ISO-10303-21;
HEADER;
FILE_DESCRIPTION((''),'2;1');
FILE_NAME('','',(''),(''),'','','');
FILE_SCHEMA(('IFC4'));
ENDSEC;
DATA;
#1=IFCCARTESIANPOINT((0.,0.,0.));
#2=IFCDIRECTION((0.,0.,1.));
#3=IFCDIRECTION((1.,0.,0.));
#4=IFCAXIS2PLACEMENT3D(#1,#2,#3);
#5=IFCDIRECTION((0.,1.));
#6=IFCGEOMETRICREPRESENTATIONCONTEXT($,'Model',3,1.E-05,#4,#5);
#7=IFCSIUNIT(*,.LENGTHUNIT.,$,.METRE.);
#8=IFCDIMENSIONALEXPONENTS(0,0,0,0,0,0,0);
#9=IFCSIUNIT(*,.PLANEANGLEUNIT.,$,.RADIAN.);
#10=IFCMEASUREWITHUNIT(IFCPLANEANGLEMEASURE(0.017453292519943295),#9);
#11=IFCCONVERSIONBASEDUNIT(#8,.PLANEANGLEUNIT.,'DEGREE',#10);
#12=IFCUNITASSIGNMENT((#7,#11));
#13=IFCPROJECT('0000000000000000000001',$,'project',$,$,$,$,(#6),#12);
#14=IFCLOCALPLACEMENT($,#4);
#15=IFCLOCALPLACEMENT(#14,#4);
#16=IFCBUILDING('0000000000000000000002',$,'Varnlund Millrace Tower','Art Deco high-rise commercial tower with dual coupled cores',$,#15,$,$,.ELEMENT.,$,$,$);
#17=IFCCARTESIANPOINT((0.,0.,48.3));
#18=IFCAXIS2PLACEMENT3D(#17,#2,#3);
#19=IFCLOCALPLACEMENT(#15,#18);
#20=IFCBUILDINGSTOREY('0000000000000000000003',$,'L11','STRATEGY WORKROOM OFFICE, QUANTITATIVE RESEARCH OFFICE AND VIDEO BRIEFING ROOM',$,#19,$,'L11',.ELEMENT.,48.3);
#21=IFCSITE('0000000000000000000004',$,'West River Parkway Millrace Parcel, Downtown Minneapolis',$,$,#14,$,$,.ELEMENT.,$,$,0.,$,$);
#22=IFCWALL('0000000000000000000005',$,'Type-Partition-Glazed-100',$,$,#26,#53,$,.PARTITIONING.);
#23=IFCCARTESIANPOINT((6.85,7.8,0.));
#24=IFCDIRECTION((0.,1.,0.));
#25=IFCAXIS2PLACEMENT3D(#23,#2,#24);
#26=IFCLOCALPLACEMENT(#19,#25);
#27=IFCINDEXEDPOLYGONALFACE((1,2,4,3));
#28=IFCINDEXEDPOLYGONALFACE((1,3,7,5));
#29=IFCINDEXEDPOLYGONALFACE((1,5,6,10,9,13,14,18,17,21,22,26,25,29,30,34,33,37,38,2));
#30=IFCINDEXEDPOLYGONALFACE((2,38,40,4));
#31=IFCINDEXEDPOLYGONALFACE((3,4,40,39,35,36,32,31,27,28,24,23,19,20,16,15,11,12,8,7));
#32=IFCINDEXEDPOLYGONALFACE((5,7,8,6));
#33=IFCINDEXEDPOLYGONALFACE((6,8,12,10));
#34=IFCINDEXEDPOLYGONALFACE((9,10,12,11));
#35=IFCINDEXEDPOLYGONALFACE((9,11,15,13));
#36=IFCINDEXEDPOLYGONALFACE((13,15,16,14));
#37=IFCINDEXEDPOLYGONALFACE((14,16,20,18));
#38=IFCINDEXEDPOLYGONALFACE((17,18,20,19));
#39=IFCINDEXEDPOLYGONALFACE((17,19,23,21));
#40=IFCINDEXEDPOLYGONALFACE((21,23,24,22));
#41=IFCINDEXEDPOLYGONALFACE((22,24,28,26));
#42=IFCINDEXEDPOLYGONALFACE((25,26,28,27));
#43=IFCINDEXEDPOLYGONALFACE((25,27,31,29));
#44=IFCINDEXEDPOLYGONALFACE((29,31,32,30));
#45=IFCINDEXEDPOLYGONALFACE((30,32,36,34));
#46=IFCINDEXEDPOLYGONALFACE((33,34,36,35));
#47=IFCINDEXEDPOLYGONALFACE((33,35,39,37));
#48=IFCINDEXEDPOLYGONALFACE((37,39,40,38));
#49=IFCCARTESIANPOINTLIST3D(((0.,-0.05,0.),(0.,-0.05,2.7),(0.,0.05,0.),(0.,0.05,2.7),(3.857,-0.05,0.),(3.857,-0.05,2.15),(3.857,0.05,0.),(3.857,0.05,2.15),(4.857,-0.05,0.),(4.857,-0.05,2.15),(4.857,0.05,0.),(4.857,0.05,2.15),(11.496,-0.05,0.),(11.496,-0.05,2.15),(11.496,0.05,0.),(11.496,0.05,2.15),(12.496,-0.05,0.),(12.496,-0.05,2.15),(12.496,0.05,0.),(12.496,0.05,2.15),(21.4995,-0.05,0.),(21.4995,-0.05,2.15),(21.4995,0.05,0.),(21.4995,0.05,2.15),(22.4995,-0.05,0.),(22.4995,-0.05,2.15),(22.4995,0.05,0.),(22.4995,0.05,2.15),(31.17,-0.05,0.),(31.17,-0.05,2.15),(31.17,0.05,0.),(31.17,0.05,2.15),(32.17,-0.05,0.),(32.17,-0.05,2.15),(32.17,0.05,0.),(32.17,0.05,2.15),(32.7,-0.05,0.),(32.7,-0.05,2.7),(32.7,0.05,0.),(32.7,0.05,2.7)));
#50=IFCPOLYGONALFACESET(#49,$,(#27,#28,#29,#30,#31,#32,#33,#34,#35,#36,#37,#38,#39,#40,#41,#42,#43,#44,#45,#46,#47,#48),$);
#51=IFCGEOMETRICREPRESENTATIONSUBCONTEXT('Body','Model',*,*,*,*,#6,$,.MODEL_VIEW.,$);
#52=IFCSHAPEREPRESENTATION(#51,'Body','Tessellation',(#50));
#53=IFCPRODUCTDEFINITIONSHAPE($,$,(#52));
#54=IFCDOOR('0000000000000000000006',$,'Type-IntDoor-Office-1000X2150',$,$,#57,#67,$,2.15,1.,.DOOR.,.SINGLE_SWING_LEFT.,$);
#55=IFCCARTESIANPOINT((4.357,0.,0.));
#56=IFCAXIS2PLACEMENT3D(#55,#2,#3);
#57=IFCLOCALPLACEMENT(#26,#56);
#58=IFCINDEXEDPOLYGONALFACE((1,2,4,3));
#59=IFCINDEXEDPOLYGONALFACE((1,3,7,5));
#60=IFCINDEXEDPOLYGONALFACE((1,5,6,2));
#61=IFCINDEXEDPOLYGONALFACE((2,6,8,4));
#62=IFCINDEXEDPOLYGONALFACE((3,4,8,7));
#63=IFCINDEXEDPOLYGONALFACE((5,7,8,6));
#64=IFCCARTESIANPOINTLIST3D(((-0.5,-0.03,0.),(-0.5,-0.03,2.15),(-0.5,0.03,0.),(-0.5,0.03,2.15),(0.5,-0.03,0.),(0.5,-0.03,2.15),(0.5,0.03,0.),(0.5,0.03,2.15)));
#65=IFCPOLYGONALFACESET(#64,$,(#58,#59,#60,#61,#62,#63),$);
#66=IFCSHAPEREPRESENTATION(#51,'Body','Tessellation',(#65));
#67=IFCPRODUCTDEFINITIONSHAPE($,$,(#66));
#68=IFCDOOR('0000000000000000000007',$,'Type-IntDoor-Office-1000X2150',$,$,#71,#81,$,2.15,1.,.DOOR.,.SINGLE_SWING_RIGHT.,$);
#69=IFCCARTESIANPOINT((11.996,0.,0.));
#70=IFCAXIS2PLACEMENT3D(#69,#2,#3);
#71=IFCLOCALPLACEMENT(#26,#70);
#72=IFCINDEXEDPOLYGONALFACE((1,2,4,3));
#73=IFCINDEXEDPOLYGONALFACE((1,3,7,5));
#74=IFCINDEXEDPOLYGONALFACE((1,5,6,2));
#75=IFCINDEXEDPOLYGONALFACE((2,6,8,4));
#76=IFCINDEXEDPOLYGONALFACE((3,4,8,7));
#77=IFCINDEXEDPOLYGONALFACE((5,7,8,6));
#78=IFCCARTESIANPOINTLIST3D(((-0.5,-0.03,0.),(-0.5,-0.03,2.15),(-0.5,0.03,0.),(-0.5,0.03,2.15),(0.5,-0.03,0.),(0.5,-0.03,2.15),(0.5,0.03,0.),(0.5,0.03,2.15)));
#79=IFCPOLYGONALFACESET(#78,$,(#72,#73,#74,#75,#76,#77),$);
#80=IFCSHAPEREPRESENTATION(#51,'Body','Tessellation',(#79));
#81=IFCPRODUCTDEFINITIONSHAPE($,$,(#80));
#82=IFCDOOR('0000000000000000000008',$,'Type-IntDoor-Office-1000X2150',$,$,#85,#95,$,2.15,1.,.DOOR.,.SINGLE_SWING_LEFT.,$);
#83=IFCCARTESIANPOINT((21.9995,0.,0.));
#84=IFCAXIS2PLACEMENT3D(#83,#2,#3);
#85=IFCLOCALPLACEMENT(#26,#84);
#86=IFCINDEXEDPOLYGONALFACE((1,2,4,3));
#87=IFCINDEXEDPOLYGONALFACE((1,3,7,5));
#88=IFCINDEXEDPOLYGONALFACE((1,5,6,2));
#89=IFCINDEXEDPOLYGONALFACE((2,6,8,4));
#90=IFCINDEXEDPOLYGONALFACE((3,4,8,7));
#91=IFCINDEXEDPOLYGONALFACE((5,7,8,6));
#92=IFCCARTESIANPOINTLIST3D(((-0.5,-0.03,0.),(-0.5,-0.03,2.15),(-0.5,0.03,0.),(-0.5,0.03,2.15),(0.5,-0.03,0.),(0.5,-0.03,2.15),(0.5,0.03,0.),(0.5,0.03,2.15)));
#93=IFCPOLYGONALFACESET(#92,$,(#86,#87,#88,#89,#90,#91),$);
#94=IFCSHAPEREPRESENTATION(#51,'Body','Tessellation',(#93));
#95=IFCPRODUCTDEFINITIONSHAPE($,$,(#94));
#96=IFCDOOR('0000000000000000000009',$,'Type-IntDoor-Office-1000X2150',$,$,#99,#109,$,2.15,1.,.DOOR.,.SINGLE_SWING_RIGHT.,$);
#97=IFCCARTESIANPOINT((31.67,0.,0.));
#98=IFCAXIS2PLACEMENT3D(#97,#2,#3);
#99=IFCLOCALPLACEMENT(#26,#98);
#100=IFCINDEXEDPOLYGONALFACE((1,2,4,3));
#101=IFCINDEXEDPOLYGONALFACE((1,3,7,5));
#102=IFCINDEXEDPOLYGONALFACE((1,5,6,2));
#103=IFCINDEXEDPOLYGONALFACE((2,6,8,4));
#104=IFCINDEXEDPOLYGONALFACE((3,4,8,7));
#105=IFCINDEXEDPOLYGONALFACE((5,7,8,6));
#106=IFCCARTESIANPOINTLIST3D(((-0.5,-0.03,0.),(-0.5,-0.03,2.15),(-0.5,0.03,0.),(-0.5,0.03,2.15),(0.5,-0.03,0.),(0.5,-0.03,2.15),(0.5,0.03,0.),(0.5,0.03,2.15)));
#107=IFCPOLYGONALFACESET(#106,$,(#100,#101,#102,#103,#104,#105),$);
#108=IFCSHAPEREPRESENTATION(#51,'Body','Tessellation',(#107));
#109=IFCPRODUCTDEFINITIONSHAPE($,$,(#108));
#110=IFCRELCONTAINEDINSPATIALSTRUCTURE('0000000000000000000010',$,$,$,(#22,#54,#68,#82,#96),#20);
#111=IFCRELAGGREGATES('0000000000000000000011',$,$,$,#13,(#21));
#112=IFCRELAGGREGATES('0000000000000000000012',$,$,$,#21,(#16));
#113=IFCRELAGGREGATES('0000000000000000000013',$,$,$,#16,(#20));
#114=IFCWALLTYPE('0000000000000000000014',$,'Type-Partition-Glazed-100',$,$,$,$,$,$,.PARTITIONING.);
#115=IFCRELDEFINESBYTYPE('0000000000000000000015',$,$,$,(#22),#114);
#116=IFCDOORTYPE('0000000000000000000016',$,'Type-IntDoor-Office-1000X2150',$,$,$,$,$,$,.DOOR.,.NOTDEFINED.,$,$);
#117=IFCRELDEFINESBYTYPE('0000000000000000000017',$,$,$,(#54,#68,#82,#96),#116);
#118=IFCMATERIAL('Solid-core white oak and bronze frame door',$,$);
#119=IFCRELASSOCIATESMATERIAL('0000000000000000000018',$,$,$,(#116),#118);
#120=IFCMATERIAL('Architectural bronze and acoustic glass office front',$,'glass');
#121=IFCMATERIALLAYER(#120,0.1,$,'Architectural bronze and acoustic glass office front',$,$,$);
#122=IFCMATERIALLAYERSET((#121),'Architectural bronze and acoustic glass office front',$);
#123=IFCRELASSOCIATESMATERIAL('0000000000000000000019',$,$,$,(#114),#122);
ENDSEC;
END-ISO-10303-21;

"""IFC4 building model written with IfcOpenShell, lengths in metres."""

from ifc_helpers import new_model, entity, si_unit, converted_unit, direction, frame, origin_with_axes, origin_2d_with_axis, place, context, subcontext, project, spatial, polyline, rectangle, outline, extrude, material, layer, layer_set, type_object, element, fill, save


model = new_model("IFC4")

# Units and contexts
model_context = context("Model", 3, precision=1e-05, world=origin_with_axes(), true_north=direction((0.0, 1.0)))
body_context = subcontext(model_context, "Body", "Model", "MODEL_VIEW")
ifc_project = project(units=[si_unit("LENGTHUNIT", "METRE"), converted_unit("PLANEANGLEUNIT", "DEGREE", entity("IfcPlaneAngleMeasure", 0.017453292519943295), si_unit("PLANEANGLEUNIT", "RADIAN"), dimensions=[0, 0, 0, 0, 0, 0, 0])], contexts=[model_context])

# Site, building, storey
site_placement = place(None, origin_with_axes())
site = spatial("IfcSite", under=ifc_project, at=site_placement, Name="West River Parkway Millrace Parcel, Downtown Minneapolis", CompositionType="ELEMENT", RefElevation=0.0)
building_placement = place(site_placement, origin_with_axes())
building = spatial("IfcBuilding", under=site, at=building_placement, Name="Varnlund Millrace Tower", Description="Art Deco high-rise commercial tower with dual coupled cores", CompositionType="ELEMENT")
storey_placement = place(building_placement, frame((0.0, 0.0, 48.3), z_axis=(0.0, 0.0, 1.0), x_axis=(1.0, 0.0, 0.0)))
storey = spatial("IfcBuildingStorey", under=building, at=storey_placement, Name="L11", Description="STRATEGY WORKROOM OFFICE, QUANTITATIVE RESEARCH OFFICE AND VIDEO BRIEFING ROOM", LongName="L11", CompositionType="ELEMENT", Elevation=48.3)

# Wall, openings, doors
ifc_material_1 = material(Name="Solid-core white oak and bronze frame door")
door_type_1 = type_object("IfcDoorType", Name="Type-IntDoor-Office-1000X2150", OperationType="NOTDEFINED", PredefinedType="DOOR", material=ifc_material_1)
ifc_material_2 = material(Name="Architectural bronze and acoustic glass office front", Category="glass")
ifc_layer_1 = layer(ifc_material_2, 0.1, Name="Architectural bronze and acoustic glass office front")
ifc_layer_set_1 = layer_set([ifc_layer_1], Name="Architectural bronze and acoustic glass office front")
wall_type_1 = type_object("IfcWallType", Name="Type-Partition-Glazed-100", PredefinedType="PARTITIONING", material=ifc_layer_set_1)
wall_1_placement = place(storey_placement, frame((6.85, 7.8, 0.0), z_axis=(0.0, 0.0, 1.0), x_axis=(0.0, 1.0, 0.0)))
wall_1 = element("IfcWall", 1, at=wall_1_placement, inside=storey, type_object=wall_type_1, Name="Type-Partition-Glazed-100", PredefinedType="PARTITIONING", context=body_context, shape_type="SweptSolid", body=[
    extrude(outline(polyline([(0.0, -0.05), (32.7, -0.05), (32.7, 0.05), (0.0, 0.05), (0.0, -0.05)])), origin_with_axes(), (0.0, 0.0, 1.0), 2.7),
])
opening_1_placement = place(wall_1_placement, frame((4.357, 0.0, 0.0), z_axis=(0.0, 0.0, 1.0), x_axis=(1.0, 0.0, 0.0)))
opening_1 = element("IfcOpeningElement", 2, at=opening_1_placement, cuts=wall_1, PredefinedType="OPENING", context=body_context, shape_type="SweptSolid", body=[
    extrude(rectangle(XDim=1.0, YDim=0.12, at=origin_2d_with_axis()), origin_with_axes(), (0.0, 0.0, 1.0), 2.15),
])
opening_2_placement = place(wall_1_placement, frame((11.996, 0.0, 0.0), z_axis=(0.0, 0.0, 1.0), x_axis=(1.0, 0.0, 0.0)))
opening_2 = element("IfcOpeningElement", 3, at=opening_2_placement, cuts=wall_1, PredefinedType="OPENING", context=body_context, shape_type="SweptSolid", body=[
    extrude(rectangle(XDim=1.0, YDim=0.12, at=origin_2d_with_axis()), origin_with_axes(), (0.0, 0.0, 1.0), 2.15),
])
opening_3_placement = place(wall_1_placement, frame((21.9995, 0.0, 0.0), z_axis=(0.0, 0.0, 1.0), x_axis=(1.0, 0.0, 0.0)))
opening_3 = element("IfcOpeningElement", 4, at=opening_3_placement, cuts=wall_1, PredefinedType="OPENING", context=body_context, shape_type="SweptSolid", body=[
    extrude(rectangle(XDim=1.0, YDim=0.12, at=origin_2d_with_axis()), origin_with_axes(), (0.0, 0.0, 1.0), 2.15),
])
opening_4_placement = place(wall_1_placement, frame((31.67, 0.0, 0.0), z_axis=(0.0, 0.0, 1.0), x_axis=(1.0, 0.0, 0.0)))
opening_4 = element("IfcOpeningElement", 5, at=opening_4_placement, cuts=wall_1, PredefinedType="OPENING", context=body_context, shape_type="SweptSolid", body=[
    extrude(rectangle(XDim=1.0, YDim=0.12, at=origin_2d_with_axis()), origin_with_axes(), (0.0, 0.0, 1.0), 2.15),
])
door_1_placement = place(wall_1_placement, frame((4.357, 0.0, 0.0), z_axis=(0.0, 0.0, 1.0), x_axis=(1.0, 0.0, 0.0)))
door_1 = element("IfcDoor", 6, at=door_1_placement, inside=storey, type_object=door_type_1, Name="Type-IntDoor-Office-1000X2150", OperationType="SINGLE_SWING_LEFT", OverallHeight=2.15, OverallWidth=1.0, PredefinedType="DOOR", context=body_context, shape_type="SweptSolid", body=[
    extrude(rectangle(XDim=1.0, YDim=0.06, at=origin_2d_with_axis()), origin_with_axes(), (0.0, 0.0, 1.0), 2.15),
])
fill(opening_1, door_1)
door_2_placement = place(wall_1_placement, frame((11.996, 0.0, 0.0), z_axis=(0.0, 0.0, 1.0), x_axis=(1.0, 0.0, 0.0)))
door_2 = element("IfcDoor", 7, at=door_2_placement, inside=storey, type_object=door_type_1, Name="Type-IntDoor-Office-1000X2150", OperationType="SINGLE_SWING_RIGHT", OverallHeight=2.15, OverallWidth=1.0, PredefinedType="DOOR", context=body_context, shape_type="SweptSolid", body=[
    extrude(rectangle(XDim=1.0, YDim=0.06, at=origin_2d_with_axis()), origin_with_axes(), (0.0, 0.0, 1.0), 2.15),
])
fill(opening_2, door_2)
door_3_placement = place(wall_1_placement, frame((21.9995, 0.0, 0.0), z_axis=(0.0, 0.0, 1.0), x_axis=(1.0, 0.0, 0.0)))
door_3 = element("IfcDoor", 8, at=door_3_placement, inside=storey, type_object=door_type_1, Name="Type-IntDoor-Office-1000X2150", OperationType="SINGLE_SWING_LEFT", OverallHeight=2.15, OverallWidth=1.0, PredefinedType="DOOR", context=body_context, shape_type="SweptSolid", body=[
    extrude(rectangle(XDim=1.0, YDim=0.06, at=origin_2d_with_axis()), origin_with_axes(), (0.0, 0.0, 1.0), 2.15),
])
fill(opening_3, door_3)
door_4_placement = place(wall_1_placement, frame((31.67, 0.0, 0.0), z_axis=(0.0, 0.0, 1.0), x_axis=(1.0, 0.0, 0.0)))
door_4 = element("IfcDoor", 9, at=door_4_placement, inside=storey, type_object=door_type_1, Name="Type-IntDoor-Office-1000X2150", OperationType="SINGLE_SWING_RIGHT", OverallHeight=2.15, OverallWidth=1.0, PredefinedType="DOOR", context=body_context, shape_type="SweptSolid", body=[
    extrude(rectangle(XDim=1.0, YDim=0.06, at=origin_2d_with_axis()), origin_with_axes(), (0.0, 0.0, 1.0), 2.15),
])
fill(opening_4, door_4)

save(model, "model.ifc")
